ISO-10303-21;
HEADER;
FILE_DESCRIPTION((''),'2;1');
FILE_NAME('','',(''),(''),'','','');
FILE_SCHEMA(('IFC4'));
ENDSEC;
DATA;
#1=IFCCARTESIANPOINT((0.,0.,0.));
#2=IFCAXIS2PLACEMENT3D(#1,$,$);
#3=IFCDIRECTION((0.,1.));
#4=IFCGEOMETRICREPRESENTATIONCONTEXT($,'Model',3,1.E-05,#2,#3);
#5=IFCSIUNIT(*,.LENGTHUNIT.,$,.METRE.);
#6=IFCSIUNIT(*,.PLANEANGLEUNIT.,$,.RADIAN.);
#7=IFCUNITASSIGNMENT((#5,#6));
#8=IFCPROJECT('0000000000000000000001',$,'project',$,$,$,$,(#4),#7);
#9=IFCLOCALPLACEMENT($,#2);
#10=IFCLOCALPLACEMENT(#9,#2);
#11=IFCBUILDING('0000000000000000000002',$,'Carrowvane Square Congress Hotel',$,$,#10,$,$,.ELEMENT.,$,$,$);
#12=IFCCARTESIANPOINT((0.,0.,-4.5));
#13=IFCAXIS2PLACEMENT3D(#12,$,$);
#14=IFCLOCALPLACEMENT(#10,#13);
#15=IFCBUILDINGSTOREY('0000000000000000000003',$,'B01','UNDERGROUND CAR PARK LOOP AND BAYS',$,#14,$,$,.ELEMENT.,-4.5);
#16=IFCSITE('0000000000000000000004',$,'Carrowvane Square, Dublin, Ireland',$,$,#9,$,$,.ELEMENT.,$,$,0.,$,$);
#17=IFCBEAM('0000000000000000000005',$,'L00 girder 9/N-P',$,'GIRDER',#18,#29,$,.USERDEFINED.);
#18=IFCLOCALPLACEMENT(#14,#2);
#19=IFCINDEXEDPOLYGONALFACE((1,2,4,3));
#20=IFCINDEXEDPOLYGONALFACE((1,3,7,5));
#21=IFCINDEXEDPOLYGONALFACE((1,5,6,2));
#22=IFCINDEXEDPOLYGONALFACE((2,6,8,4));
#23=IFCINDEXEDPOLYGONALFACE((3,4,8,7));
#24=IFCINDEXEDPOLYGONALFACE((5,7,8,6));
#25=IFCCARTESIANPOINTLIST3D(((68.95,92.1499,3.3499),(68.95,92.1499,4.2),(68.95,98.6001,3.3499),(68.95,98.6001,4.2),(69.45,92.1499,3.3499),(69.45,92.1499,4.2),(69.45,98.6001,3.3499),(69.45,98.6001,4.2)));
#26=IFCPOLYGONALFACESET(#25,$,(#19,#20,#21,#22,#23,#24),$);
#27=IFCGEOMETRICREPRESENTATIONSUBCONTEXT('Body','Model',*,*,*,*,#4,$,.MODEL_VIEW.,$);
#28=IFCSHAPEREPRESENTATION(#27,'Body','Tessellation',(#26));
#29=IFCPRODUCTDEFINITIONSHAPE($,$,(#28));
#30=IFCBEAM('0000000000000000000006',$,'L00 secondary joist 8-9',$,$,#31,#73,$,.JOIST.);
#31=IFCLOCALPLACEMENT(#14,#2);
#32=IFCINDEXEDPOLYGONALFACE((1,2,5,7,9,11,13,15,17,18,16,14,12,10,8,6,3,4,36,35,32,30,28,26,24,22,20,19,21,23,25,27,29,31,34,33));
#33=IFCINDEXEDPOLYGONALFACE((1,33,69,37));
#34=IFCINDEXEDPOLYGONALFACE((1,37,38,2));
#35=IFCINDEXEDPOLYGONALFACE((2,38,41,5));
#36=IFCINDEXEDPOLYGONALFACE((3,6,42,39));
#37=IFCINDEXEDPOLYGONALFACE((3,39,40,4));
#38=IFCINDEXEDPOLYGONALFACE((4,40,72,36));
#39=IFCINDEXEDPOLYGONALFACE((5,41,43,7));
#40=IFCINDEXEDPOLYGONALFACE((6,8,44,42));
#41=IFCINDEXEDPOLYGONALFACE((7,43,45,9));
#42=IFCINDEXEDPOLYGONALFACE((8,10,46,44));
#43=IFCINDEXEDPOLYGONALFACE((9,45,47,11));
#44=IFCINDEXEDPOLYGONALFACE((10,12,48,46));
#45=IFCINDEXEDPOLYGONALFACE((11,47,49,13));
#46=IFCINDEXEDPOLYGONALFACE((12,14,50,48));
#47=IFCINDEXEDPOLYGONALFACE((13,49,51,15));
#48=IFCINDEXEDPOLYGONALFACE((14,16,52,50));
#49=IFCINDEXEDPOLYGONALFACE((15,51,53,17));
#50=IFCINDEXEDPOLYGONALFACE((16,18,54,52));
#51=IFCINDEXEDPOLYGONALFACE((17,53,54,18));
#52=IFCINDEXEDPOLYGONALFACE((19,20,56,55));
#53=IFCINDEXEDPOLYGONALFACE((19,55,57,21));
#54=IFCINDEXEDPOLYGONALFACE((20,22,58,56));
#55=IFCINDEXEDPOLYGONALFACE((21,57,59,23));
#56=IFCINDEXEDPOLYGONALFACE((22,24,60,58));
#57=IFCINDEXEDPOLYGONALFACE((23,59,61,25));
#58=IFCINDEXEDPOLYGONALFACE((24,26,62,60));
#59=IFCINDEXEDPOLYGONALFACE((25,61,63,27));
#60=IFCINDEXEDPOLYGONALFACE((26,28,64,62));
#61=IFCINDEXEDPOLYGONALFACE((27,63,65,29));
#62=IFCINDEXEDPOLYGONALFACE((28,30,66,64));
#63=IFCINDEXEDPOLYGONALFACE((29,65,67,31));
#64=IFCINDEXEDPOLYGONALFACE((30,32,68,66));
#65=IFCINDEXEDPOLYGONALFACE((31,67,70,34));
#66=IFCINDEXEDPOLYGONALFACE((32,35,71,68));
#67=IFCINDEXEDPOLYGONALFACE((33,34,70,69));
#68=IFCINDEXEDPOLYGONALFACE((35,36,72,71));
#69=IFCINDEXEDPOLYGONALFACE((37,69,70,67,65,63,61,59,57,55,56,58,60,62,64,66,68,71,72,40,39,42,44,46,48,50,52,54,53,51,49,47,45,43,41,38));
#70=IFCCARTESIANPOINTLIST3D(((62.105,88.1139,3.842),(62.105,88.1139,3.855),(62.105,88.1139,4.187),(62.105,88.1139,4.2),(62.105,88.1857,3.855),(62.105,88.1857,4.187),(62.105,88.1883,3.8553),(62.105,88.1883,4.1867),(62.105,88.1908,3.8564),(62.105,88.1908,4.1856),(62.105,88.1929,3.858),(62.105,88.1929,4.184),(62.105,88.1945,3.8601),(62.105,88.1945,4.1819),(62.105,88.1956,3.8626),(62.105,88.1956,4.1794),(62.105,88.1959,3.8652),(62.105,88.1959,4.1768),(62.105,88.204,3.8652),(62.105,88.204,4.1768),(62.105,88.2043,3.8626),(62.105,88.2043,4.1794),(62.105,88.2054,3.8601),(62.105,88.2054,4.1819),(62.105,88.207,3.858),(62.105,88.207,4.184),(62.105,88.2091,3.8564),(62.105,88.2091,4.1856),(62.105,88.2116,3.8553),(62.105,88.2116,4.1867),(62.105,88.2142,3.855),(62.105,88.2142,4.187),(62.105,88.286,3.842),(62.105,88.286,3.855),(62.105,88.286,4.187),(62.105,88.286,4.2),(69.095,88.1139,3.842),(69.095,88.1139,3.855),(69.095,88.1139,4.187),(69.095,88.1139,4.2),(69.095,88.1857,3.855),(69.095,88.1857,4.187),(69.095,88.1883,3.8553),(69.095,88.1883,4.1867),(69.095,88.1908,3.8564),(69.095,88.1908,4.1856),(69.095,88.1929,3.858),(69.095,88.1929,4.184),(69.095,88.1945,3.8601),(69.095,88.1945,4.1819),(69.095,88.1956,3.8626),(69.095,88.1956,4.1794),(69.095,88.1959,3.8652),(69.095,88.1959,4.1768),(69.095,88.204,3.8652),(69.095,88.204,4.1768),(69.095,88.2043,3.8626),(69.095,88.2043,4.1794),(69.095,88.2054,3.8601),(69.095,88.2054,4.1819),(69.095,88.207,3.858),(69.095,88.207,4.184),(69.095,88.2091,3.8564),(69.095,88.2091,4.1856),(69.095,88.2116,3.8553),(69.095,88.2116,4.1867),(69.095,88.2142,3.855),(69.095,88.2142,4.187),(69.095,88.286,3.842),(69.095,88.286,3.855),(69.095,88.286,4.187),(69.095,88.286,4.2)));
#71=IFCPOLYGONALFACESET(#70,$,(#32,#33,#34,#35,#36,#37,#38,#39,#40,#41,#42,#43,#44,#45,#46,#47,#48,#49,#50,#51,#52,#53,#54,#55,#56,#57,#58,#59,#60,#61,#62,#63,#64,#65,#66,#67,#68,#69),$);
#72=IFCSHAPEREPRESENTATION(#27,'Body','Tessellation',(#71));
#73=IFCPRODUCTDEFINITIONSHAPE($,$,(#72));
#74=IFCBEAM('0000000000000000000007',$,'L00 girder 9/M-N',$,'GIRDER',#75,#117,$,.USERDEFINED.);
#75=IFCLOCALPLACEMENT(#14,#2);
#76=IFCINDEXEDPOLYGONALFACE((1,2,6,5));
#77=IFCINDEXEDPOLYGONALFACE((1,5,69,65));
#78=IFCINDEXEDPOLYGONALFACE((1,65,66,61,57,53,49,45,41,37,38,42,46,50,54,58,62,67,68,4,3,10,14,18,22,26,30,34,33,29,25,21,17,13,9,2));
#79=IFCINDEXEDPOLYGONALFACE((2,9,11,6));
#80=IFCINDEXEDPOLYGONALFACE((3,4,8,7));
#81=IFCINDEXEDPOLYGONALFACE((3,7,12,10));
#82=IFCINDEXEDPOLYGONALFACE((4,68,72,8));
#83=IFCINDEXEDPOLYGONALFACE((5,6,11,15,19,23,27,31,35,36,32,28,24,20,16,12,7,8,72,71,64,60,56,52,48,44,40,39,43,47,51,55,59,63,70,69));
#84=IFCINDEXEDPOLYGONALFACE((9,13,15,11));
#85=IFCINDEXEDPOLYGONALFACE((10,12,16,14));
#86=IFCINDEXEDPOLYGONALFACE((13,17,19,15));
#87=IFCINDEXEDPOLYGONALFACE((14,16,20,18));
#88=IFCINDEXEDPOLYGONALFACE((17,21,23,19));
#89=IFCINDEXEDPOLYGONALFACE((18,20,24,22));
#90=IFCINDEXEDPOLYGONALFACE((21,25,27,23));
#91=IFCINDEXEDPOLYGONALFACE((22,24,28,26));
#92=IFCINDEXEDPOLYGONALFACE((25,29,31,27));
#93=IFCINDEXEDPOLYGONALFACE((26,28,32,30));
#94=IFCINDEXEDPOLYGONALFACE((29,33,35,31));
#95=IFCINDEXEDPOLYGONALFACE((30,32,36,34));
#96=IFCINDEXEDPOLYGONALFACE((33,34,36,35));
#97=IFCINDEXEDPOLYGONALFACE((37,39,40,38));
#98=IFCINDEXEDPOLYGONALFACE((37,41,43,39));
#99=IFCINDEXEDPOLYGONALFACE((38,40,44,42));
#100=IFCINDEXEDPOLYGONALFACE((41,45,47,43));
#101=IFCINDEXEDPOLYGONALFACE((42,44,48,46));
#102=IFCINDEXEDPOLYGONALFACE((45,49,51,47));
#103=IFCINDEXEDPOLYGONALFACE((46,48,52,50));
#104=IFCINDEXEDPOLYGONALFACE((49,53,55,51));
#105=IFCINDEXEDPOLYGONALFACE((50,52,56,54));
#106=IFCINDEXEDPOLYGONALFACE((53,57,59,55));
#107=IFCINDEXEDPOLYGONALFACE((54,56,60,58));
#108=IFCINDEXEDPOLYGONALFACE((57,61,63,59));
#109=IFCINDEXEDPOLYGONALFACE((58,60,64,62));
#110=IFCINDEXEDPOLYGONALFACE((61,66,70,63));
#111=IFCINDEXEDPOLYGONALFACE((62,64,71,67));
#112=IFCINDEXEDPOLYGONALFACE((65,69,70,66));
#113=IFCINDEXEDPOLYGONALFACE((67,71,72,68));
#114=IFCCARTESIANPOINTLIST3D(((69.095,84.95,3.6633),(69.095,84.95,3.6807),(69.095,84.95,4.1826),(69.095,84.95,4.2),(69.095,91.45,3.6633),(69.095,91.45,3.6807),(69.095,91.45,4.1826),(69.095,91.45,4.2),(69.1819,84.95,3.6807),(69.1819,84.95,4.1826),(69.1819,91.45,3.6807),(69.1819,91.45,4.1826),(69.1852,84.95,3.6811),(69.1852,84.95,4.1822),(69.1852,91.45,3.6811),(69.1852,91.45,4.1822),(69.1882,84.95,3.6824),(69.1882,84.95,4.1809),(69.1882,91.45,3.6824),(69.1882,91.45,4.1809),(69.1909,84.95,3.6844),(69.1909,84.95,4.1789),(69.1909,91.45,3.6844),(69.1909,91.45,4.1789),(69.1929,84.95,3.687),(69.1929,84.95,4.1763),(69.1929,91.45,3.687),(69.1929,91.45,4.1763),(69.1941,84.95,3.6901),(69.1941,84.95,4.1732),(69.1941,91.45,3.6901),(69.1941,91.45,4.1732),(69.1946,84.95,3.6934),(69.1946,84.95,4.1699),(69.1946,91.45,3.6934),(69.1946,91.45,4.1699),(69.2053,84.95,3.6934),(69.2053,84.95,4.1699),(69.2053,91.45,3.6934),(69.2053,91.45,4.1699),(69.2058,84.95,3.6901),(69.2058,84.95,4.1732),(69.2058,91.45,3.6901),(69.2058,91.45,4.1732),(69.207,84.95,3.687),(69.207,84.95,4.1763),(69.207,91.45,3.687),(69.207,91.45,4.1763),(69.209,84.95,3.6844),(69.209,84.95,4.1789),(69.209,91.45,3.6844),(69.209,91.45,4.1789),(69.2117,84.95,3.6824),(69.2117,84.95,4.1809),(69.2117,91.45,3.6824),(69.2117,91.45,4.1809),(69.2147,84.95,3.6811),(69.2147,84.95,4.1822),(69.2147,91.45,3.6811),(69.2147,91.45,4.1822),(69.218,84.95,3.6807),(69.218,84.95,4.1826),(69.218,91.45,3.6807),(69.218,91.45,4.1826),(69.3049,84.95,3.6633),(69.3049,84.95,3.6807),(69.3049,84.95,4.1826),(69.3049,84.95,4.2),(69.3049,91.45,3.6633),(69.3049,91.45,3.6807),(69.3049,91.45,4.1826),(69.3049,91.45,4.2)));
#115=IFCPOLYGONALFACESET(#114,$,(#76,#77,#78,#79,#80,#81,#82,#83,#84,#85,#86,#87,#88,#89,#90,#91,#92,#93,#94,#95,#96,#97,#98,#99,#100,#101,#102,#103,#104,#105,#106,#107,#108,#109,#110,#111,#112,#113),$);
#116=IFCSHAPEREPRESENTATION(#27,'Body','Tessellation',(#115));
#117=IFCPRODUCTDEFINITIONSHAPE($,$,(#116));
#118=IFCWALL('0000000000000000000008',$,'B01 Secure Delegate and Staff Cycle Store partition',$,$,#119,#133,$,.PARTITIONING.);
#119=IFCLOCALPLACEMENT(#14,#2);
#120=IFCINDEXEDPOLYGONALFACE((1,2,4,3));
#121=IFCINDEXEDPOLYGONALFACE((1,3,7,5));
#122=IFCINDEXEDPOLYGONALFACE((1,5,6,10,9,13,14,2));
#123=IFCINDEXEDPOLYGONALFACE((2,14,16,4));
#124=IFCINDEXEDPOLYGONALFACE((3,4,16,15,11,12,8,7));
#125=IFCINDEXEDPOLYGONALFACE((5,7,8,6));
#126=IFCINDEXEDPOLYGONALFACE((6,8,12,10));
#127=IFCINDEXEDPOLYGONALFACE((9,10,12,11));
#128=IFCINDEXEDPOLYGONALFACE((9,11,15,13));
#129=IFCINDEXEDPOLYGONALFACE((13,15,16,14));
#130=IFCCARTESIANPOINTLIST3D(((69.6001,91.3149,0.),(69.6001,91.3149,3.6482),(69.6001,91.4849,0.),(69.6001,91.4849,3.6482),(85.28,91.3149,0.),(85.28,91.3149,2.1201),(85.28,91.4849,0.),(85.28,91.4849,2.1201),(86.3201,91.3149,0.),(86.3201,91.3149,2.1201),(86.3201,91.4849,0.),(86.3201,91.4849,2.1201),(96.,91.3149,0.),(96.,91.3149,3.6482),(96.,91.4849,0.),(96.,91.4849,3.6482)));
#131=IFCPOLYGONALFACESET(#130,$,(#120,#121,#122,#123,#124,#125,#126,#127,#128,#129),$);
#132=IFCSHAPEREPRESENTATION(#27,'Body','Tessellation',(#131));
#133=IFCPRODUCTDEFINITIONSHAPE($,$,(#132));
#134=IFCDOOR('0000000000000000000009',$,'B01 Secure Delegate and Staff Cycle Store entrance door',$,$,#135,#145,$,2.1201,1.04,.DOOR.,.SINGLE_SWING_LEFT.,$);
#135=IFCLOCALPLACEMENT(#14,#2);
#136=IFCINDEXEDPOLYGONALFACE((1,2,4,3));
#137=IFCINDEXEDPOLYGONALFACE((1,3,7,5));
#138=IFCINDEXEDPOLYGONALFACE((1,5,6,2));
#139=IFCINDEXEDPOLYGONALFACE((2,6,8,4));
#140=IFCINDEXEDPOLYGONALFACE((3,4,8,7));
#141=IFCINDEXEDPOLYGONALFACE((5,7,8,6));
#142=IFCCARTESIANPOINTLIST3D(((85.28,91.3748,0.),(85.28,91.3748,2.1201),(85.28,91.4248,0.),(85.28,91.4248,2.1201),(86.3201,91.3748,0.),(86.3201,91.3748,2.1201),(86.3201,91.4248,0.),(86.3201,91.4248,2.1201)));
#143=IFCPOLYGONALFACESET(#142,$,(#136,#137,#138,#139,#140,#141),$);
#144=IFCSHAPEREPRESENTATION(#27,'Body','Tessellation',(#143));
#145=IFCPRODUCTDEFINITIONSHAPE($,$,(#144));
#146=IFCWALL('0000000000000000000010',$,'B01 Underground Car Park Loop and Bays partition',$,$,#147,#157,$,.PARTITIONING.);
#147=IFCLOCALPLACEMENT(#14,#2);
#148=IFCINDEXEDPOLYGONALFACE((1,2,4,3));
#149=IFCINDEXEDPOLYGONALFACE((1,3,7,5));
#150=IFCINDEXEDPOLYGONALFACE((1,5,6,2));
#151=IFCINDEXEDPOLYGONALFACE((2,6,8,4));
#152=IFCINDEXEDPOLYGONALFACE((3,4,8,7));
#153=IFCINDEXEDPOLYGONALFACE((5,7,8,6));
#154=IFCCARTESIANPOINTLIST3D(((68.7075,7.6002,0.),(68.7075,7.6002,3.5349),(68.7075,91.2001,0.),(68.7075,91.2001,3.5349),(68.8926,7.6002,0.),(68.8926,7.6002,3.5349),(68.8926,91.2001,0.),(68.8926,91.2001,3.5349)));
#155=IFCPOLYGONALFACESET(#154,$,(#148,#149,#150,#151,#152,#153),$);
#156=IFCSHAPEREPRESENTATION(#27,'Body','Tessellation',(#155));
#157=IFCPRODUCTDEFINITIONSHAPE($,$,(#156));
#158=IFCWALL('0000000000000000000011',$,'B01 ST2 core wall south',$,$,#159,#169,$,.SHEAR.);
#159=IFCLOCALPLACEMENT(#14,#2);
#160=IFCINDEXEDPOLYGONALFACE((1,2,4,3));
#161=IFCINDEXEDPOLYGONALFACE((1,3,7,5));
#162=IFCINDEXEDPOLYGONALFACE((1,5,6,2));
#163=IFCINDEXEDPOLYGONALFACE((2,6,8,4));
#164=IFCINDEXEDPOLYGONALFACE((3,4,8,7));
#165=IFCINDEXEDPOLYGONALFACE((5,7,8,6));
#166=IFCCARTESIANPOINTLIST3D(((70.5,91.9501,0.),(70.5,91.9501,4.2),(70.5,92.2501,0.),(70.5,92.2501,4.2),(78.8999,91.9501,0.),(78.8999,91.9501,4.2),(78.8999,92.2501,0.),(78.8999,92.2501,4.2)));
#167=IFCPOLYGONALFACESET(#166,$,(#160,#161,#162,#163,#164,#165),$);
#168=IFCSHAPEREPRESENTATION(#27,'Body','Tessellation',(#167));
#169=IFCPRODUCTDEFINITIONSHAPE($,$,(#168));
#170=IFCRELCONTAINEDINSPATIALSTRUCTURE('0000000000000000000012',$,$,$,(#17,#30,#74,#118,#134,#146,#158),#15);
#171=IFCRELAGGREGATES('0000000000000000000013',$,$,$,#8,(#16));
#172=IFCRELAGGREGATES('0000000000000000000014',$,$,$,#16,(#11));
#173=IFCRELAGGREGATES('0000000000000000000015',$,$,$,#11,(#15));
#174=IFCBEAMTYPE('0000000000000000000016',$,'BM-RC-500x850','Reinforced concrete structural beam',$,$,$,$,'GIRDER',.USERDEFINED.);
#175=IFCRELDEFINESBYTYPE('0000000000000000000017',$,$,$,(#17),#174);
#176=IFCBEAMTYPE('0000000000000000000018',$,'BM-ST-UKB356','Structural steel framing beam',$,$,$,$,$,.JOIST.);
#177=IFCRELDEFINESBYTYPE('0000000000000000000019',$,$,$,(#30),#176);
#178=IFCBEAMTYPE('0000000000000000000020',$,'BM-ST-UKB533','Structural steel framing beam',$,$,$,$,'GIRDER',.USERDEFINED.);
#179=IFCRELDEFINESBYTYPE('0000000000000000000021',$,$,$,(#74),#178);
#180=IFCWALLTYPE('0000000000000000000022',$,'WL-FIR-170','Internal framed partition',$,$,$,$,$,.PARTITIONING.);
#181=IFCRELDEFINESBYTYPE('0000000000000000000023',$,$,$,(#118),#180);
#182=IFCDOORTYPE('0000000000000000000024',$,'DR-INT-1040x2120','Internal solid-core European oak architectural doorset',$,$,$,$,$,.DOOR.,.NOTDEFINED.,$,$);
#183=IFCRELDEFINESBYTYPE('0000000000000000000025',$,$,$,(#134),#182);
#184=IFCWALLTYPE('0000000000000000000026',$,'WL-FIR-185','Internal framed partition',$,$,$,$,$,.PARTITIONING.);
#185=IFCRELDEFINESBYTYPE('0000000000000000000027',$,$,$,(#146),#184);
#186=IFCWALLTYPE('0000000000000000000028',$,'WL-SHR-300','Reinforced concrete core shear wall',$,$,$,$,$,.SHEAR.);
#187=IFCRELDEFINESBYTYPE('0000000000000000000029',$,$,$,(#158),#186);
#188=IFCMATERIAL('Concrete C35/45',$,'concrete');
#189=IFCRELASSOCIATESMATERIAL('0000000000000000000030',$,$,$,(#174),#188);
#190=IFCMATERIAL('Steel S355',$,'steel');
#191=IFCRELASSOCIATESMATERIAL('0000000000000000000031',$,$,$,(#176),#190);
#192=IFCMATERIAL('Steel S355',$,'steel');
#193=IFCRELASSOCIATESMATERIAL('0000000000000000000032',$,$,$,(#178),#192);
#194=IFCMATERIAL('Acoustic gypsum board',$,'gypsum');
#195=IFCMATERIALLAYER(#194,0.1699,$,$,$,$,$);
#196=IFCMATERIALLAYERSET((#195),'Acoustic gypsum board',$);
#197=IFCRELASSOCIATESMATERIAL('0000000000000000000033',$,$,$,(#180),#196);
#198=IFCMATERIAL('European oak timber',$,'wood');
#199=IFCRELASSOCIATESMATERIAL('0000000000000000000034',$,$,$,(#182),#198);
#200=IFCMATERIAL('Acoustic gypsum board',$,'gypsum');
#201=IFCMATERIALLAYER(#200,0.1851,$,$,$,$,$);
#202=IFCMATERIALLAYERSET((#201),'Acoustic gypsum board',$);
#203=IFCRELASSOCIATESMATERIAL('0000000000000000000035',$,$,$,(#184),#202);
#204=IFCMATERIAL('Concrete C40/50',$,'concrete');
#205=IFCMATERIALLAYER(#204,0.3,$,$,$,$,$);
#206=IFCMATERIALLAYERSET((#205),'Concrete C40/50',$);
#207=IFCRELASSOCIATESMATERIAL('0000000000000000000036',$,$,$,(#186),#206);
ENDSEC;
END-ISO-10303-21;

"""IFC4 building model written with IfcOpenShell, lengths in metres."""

from ifc_helpers import new_model, si_unit, direction, frame, frame_2d, origin, origin_2d, place, context, subcontext, project, spatial, rectangle, i_section, extrude, material, layer, layer_set, material_profile, profile_set, type_object, element, fill, save


model = new_model("IFC4")

# Units and contexts
model_context = context("Model", 3, precision=1e-05, world=origin(), true_north=direction((0.0, 1.0)))
body_context = subcontext(model_context, "Body", "Model", "MODEL_VIEW")
ifc_project = project(units=[si_unit("LENGTHUNIT", "METRE"), si_unit("PLANEANGLEUNIT", "RADIAN")], contexts=[model_context])

# Site, building, storey
site_placement = place(None, origin())
site = spatial("IfcSite", under=ifc_project, at=site_placement, Name="Carrowvane Square, Dublin, Ireland", CompositionType="ELEMENT", RefElevation=0.0)
building_placement = place(site_placement, origin())
building = spatial("IfcBuilding", under=site, at=building_placement, Name="Carrowvane Square Congress Hotel", CompositionType="ELEMENT")
storey_placement = place(building_placement, frame((0.0, 0.0, -4.5)))
storey = spatial("IfcBuildingStorey", under=building, at=storey_placement, Name="B01", Description="UNDERGROUND CAR PARK LOOP AND BAYS", CompositionType="ELEMENT", Elevation=-4.5)

# Beams
ifc_material_1 = material(Name="Concrete C35/45", Category="concrete")
ifc_material_profile_1 = material_profile(ifc_material_1, rectangle(XDim=0.5, YDim=0.8501, at=origin_2d()), Name="RC 500x850")
ifc_profile_set_1 = profile_set([ifc_material_profile_1], Name="Concrete C35/45")
beam_type_1 = type_object("IfcBeamType", Name="BM-RC-500x850", Description="Reinforced concrete structural beam", ElementType="GIRDER", PredefinedType="USERDEFINED", material=ifc_profile_set_1)
beam_1_placement = place(storey_placement, frame((69.2, 92.1499, 3.7749), z_axis=(0.0, 1.0, 0.0), x_axis=(-1.0, 0.0, 0.0)))
element("IfcBeam", 1, at=beam_1_placement, inside=storey, type_object=beam_type_1, Name="L00 girder 9/N-P", ObjectType="GIRDER", PredefinedType="USERDEFINED", context=body_context, shape_type="SweptSolid", body=[
    extrude(rectangle(XDim=0.5, YDim=0.8501, at=origin_2d()), origin(), (0.0, 0.0, 1.0), 6.4502),
])
ifc_material_2 = material(Name="Steel S355", Category="steel")
ifc_material_profile_2 = material_profile(ifc_material_2, i_section(OverallWidth=0.1721, OverallDepth=0.3579, WebThickness=0.0081, FlangeThickness=0.0129, FilletRadius=0.0103, at=origin_2d()), Name="UKB 356x171x57")
ifc_profile_set_2 = profile_set([ifc_material_profile_2], Name="Steel S355")
beam_type_2 = type_object("IfcBeamType", Name="BM-ST-UKB356", Description="Structural steel framing beam", PredefinedType="JOIST", material=ifc_profile_set_2)
beam_2_placement = place(storey_placement, frame((62.105, 88.2, 4.021), z_axis=(1.0, 0.0, 0.0), x_axis=(0.0, 1.0, 0.0)))
element("IfcBeam", 2, at=beam_2_placement, inside=storey, type_object=beam_type_2, Name="L00 secondary joist 8-9", PredefinedType="JOIST", context=body_context, shape_type="SweptSolid", body=[
    extrude(i_section(OverallWidth=0.1721, OverallDepth=0.3579, WebThickness=0.0081, FlangeThickness=0.0129, FilletRadius=0.0103, at=origin_2d()), origin(), (0.0, 0.0, 1.0), 6.99),
])
ifc_material_3 = material(Name="Steel S355", Category="steel")
ifc_material_profile_3 = material_profile(ifc_material_3, i_section(OverallWidth=0.21, OverallDepth=0.5366, WebThickness=0.0107, FlangeThickness=0.0173, FilletRadius=0.0127, at=origin_2d()), Name="UKB 533x210x101")
ifc_profile_set_3 = profile_set([ifc_material_profile_3], Name="Steel S355")
beam_type_3 = type_object("IfcBeamType", Name="BM-ST-UKB533", Description="Structural steel framing beam", ElementType="GIRDER", PredefinedType="USERDEFINED", material=ifc_profile_set_3)
beam_3_placement = place(storey_placement, frame((69.2, 84.95, 3.9316), z_axis=(0.0, 1.0, 0.0), x_axis=(-1.0, 0.0, 0.0)))
element("IfcBeam", 3, at=beam_3_placement, inside=storey, type_object=beam_type_3, Name="L00 girder 9/M-N", ObjectType="GIRDER", PredefinedType="USERDEFINED", context=body_context, shape_type="SweptSolid", body=[
    extrude(i_section(OverallWidth=0.21, OverallDepth=0.5366, WebThickness=0.0107, FlangeThickness=0.0173, FilletRadius=0.0127, at=origin_2d()), origin(), (0.0, 0.0, 1.0), 6.5),
])

# Wall, opening, door
ifc_material_4 = material(Name="Acoustic gypsum board", Category="gypsum")
ifc_layer_1 = layer(ifc_material_4, 0.1699)
ifc_layer_set_1 = layer_set([ifc_layer_1], Name="Acoustic gypsum board")
wall_type_1 = type_object("IfcWallType", Name="WL-FIR-170", Description="Internal framed partition", PredefinedType="PARTITIONING", material=ifc_layer_set_1)
wall_1_placement = place(storey_placement, frame((69.6001, 91.3999, 0.0), z_axis=(0.0, 0.0, 1.0), x_axis=(1.0, 0.0, 0.0)))
wall_1 = element("IfcWall", 4, at=wall_1_placement, inside=storey, type_object=wall_type_1, Name="B01 Secure Delegate and Staff Cycle Store partition", PredefinedType="PARTITIONING", context=body_context, shape_type="SweptSolid", body=[
    extrude(rectangle(XDim=26.3999, YDim=0.1699, at=frame_2d((13.2, 0.0))), origin(), (0.0, 0.0, 1.0), 3.6482),
])
opening_placement = place(wall_1_placement, frame((15.6799, 0.0, 0.0)))
opening = element("IfcOpeningElement", 5, at=opening_placement, cuts=wall_1, PredefinedType="OPENING", context=body_context, shape_type="SweptSolid", body=[
    extrude(rectangle(XDim=1.04, YDim=2.1201, at=frame_2d((0.52, 1.0601))), frame((0.0, 0.095, 0.0), z_axis=(0.0, -1.0, 0.0), x_axis=(1.0, 0.0, 0.0)), (0.0, 0.0, 1.0), 0.1899),
])
ifc_material_5 = material(Name="European oak timber", Category="wood")
door_type = type_object("IfcDoorType", Name="DR-INT-1040x2120", Description="Internal solid-core European oak architectural doorset", OperationType="NOTDEFINED", PredefinedType="DOOR", material=ifc_material_5)
door_placement = place(opening_placement, origin())
door = element("IfcDoor", 6, at=door_placement, inside=storey, type_object=door_type, Name="B01 Secure Delegate and Staff Cycle Store entrance door", OperationType="SINGLE_SWING_LEFT", OverallHeight=2.1201, OverallWidth=1.04, PredefinedType="DOOR", context=body_context, shape_type="SweptSolid", body=[
    extrude(rectangle(XDim=1.04, YDim=2.1201, at=frame_2d((0.52, 1.0601))), frame((0.0, 0.0249, 0.0), z_axis=(0.0, -1.0, 0.0), x_axis=(1.0, 0.0, 0.0)), (0.0, 0.0, 1.0), 0.05),
])
fill(opening, door)

# Walls
ifc_material_6 = material(Name="Acoustic gypsum board", Category="gypsum")
ifc_layer_2 = layer(ifc_material_6, 0.1851)
ifc_layer_set_2 = layer_set([ifc_layer_2], Name="Acoustic gypsum board")
wall_type_2 = type_object("IfcWallType", Name="WL-FIR-185", Description="Internal framed partition", PredefinedType="PARTITIONING", material=ifc_layer_set_2)
wall_2_placement = place(storey_placement, frame((68.8, 91.2, 0.0), z_axis=(0.0, 0.0, 1.0), x_axis=(0.0, -1.0, 0.0)))
element("IfcWall", 7, at=wall_2_placement, inside=storey, type_object=wall_type_2, Name="B01 Underground Car Park Loop and Bays partition", PredefinedType="PARTITIONING", context=body_context, shape_type="SweptSolid", body=[
    extrude(rectangle(XDim=83.5999, YDim=0.1851, at=frame_2d((41.7998, 0.0))), origin(), (0.0, 0.0, 1.0), 3.5349),
])
ifc_material_7 = material(Name="Concrete C40/50", Category="concrete")
ifc_layer_3 = layer(ifc_material_7, 0.3)
ifc_layer_set_3 = layer_set([ifc_layer_3], Name="Concrete C40/50")
wall_type_3 = type_object("IfcWallType", Name="WL-SHR-300", Description="Reinforced concrete core shear wall", PredefinedType="SHEAR", material=ifc_layer_set_3)
wall_3_placement = place(storey_placement, frame((70.5, 92.1001, 0.0), z_axis=(0.0, 0.0, 1.0), x_axis=(1.0, 0.0, 0.0)))
element("IfcWall", 8, at=wall_3_placement, inside=storey, type_object=wall_type_3, Name="B01 ST2 core wall south", PredefinedType="SHEAR", context=body_context, shape_type="SweptSolid", body=[
    extrude(rectangle(XDim=8.3999, YDim=0.3, at=frame_2d((4.2, 0.0))), origin(), (0.0, 0.0, 1.0), 4.2),
])

save(model, "model.ifc")
